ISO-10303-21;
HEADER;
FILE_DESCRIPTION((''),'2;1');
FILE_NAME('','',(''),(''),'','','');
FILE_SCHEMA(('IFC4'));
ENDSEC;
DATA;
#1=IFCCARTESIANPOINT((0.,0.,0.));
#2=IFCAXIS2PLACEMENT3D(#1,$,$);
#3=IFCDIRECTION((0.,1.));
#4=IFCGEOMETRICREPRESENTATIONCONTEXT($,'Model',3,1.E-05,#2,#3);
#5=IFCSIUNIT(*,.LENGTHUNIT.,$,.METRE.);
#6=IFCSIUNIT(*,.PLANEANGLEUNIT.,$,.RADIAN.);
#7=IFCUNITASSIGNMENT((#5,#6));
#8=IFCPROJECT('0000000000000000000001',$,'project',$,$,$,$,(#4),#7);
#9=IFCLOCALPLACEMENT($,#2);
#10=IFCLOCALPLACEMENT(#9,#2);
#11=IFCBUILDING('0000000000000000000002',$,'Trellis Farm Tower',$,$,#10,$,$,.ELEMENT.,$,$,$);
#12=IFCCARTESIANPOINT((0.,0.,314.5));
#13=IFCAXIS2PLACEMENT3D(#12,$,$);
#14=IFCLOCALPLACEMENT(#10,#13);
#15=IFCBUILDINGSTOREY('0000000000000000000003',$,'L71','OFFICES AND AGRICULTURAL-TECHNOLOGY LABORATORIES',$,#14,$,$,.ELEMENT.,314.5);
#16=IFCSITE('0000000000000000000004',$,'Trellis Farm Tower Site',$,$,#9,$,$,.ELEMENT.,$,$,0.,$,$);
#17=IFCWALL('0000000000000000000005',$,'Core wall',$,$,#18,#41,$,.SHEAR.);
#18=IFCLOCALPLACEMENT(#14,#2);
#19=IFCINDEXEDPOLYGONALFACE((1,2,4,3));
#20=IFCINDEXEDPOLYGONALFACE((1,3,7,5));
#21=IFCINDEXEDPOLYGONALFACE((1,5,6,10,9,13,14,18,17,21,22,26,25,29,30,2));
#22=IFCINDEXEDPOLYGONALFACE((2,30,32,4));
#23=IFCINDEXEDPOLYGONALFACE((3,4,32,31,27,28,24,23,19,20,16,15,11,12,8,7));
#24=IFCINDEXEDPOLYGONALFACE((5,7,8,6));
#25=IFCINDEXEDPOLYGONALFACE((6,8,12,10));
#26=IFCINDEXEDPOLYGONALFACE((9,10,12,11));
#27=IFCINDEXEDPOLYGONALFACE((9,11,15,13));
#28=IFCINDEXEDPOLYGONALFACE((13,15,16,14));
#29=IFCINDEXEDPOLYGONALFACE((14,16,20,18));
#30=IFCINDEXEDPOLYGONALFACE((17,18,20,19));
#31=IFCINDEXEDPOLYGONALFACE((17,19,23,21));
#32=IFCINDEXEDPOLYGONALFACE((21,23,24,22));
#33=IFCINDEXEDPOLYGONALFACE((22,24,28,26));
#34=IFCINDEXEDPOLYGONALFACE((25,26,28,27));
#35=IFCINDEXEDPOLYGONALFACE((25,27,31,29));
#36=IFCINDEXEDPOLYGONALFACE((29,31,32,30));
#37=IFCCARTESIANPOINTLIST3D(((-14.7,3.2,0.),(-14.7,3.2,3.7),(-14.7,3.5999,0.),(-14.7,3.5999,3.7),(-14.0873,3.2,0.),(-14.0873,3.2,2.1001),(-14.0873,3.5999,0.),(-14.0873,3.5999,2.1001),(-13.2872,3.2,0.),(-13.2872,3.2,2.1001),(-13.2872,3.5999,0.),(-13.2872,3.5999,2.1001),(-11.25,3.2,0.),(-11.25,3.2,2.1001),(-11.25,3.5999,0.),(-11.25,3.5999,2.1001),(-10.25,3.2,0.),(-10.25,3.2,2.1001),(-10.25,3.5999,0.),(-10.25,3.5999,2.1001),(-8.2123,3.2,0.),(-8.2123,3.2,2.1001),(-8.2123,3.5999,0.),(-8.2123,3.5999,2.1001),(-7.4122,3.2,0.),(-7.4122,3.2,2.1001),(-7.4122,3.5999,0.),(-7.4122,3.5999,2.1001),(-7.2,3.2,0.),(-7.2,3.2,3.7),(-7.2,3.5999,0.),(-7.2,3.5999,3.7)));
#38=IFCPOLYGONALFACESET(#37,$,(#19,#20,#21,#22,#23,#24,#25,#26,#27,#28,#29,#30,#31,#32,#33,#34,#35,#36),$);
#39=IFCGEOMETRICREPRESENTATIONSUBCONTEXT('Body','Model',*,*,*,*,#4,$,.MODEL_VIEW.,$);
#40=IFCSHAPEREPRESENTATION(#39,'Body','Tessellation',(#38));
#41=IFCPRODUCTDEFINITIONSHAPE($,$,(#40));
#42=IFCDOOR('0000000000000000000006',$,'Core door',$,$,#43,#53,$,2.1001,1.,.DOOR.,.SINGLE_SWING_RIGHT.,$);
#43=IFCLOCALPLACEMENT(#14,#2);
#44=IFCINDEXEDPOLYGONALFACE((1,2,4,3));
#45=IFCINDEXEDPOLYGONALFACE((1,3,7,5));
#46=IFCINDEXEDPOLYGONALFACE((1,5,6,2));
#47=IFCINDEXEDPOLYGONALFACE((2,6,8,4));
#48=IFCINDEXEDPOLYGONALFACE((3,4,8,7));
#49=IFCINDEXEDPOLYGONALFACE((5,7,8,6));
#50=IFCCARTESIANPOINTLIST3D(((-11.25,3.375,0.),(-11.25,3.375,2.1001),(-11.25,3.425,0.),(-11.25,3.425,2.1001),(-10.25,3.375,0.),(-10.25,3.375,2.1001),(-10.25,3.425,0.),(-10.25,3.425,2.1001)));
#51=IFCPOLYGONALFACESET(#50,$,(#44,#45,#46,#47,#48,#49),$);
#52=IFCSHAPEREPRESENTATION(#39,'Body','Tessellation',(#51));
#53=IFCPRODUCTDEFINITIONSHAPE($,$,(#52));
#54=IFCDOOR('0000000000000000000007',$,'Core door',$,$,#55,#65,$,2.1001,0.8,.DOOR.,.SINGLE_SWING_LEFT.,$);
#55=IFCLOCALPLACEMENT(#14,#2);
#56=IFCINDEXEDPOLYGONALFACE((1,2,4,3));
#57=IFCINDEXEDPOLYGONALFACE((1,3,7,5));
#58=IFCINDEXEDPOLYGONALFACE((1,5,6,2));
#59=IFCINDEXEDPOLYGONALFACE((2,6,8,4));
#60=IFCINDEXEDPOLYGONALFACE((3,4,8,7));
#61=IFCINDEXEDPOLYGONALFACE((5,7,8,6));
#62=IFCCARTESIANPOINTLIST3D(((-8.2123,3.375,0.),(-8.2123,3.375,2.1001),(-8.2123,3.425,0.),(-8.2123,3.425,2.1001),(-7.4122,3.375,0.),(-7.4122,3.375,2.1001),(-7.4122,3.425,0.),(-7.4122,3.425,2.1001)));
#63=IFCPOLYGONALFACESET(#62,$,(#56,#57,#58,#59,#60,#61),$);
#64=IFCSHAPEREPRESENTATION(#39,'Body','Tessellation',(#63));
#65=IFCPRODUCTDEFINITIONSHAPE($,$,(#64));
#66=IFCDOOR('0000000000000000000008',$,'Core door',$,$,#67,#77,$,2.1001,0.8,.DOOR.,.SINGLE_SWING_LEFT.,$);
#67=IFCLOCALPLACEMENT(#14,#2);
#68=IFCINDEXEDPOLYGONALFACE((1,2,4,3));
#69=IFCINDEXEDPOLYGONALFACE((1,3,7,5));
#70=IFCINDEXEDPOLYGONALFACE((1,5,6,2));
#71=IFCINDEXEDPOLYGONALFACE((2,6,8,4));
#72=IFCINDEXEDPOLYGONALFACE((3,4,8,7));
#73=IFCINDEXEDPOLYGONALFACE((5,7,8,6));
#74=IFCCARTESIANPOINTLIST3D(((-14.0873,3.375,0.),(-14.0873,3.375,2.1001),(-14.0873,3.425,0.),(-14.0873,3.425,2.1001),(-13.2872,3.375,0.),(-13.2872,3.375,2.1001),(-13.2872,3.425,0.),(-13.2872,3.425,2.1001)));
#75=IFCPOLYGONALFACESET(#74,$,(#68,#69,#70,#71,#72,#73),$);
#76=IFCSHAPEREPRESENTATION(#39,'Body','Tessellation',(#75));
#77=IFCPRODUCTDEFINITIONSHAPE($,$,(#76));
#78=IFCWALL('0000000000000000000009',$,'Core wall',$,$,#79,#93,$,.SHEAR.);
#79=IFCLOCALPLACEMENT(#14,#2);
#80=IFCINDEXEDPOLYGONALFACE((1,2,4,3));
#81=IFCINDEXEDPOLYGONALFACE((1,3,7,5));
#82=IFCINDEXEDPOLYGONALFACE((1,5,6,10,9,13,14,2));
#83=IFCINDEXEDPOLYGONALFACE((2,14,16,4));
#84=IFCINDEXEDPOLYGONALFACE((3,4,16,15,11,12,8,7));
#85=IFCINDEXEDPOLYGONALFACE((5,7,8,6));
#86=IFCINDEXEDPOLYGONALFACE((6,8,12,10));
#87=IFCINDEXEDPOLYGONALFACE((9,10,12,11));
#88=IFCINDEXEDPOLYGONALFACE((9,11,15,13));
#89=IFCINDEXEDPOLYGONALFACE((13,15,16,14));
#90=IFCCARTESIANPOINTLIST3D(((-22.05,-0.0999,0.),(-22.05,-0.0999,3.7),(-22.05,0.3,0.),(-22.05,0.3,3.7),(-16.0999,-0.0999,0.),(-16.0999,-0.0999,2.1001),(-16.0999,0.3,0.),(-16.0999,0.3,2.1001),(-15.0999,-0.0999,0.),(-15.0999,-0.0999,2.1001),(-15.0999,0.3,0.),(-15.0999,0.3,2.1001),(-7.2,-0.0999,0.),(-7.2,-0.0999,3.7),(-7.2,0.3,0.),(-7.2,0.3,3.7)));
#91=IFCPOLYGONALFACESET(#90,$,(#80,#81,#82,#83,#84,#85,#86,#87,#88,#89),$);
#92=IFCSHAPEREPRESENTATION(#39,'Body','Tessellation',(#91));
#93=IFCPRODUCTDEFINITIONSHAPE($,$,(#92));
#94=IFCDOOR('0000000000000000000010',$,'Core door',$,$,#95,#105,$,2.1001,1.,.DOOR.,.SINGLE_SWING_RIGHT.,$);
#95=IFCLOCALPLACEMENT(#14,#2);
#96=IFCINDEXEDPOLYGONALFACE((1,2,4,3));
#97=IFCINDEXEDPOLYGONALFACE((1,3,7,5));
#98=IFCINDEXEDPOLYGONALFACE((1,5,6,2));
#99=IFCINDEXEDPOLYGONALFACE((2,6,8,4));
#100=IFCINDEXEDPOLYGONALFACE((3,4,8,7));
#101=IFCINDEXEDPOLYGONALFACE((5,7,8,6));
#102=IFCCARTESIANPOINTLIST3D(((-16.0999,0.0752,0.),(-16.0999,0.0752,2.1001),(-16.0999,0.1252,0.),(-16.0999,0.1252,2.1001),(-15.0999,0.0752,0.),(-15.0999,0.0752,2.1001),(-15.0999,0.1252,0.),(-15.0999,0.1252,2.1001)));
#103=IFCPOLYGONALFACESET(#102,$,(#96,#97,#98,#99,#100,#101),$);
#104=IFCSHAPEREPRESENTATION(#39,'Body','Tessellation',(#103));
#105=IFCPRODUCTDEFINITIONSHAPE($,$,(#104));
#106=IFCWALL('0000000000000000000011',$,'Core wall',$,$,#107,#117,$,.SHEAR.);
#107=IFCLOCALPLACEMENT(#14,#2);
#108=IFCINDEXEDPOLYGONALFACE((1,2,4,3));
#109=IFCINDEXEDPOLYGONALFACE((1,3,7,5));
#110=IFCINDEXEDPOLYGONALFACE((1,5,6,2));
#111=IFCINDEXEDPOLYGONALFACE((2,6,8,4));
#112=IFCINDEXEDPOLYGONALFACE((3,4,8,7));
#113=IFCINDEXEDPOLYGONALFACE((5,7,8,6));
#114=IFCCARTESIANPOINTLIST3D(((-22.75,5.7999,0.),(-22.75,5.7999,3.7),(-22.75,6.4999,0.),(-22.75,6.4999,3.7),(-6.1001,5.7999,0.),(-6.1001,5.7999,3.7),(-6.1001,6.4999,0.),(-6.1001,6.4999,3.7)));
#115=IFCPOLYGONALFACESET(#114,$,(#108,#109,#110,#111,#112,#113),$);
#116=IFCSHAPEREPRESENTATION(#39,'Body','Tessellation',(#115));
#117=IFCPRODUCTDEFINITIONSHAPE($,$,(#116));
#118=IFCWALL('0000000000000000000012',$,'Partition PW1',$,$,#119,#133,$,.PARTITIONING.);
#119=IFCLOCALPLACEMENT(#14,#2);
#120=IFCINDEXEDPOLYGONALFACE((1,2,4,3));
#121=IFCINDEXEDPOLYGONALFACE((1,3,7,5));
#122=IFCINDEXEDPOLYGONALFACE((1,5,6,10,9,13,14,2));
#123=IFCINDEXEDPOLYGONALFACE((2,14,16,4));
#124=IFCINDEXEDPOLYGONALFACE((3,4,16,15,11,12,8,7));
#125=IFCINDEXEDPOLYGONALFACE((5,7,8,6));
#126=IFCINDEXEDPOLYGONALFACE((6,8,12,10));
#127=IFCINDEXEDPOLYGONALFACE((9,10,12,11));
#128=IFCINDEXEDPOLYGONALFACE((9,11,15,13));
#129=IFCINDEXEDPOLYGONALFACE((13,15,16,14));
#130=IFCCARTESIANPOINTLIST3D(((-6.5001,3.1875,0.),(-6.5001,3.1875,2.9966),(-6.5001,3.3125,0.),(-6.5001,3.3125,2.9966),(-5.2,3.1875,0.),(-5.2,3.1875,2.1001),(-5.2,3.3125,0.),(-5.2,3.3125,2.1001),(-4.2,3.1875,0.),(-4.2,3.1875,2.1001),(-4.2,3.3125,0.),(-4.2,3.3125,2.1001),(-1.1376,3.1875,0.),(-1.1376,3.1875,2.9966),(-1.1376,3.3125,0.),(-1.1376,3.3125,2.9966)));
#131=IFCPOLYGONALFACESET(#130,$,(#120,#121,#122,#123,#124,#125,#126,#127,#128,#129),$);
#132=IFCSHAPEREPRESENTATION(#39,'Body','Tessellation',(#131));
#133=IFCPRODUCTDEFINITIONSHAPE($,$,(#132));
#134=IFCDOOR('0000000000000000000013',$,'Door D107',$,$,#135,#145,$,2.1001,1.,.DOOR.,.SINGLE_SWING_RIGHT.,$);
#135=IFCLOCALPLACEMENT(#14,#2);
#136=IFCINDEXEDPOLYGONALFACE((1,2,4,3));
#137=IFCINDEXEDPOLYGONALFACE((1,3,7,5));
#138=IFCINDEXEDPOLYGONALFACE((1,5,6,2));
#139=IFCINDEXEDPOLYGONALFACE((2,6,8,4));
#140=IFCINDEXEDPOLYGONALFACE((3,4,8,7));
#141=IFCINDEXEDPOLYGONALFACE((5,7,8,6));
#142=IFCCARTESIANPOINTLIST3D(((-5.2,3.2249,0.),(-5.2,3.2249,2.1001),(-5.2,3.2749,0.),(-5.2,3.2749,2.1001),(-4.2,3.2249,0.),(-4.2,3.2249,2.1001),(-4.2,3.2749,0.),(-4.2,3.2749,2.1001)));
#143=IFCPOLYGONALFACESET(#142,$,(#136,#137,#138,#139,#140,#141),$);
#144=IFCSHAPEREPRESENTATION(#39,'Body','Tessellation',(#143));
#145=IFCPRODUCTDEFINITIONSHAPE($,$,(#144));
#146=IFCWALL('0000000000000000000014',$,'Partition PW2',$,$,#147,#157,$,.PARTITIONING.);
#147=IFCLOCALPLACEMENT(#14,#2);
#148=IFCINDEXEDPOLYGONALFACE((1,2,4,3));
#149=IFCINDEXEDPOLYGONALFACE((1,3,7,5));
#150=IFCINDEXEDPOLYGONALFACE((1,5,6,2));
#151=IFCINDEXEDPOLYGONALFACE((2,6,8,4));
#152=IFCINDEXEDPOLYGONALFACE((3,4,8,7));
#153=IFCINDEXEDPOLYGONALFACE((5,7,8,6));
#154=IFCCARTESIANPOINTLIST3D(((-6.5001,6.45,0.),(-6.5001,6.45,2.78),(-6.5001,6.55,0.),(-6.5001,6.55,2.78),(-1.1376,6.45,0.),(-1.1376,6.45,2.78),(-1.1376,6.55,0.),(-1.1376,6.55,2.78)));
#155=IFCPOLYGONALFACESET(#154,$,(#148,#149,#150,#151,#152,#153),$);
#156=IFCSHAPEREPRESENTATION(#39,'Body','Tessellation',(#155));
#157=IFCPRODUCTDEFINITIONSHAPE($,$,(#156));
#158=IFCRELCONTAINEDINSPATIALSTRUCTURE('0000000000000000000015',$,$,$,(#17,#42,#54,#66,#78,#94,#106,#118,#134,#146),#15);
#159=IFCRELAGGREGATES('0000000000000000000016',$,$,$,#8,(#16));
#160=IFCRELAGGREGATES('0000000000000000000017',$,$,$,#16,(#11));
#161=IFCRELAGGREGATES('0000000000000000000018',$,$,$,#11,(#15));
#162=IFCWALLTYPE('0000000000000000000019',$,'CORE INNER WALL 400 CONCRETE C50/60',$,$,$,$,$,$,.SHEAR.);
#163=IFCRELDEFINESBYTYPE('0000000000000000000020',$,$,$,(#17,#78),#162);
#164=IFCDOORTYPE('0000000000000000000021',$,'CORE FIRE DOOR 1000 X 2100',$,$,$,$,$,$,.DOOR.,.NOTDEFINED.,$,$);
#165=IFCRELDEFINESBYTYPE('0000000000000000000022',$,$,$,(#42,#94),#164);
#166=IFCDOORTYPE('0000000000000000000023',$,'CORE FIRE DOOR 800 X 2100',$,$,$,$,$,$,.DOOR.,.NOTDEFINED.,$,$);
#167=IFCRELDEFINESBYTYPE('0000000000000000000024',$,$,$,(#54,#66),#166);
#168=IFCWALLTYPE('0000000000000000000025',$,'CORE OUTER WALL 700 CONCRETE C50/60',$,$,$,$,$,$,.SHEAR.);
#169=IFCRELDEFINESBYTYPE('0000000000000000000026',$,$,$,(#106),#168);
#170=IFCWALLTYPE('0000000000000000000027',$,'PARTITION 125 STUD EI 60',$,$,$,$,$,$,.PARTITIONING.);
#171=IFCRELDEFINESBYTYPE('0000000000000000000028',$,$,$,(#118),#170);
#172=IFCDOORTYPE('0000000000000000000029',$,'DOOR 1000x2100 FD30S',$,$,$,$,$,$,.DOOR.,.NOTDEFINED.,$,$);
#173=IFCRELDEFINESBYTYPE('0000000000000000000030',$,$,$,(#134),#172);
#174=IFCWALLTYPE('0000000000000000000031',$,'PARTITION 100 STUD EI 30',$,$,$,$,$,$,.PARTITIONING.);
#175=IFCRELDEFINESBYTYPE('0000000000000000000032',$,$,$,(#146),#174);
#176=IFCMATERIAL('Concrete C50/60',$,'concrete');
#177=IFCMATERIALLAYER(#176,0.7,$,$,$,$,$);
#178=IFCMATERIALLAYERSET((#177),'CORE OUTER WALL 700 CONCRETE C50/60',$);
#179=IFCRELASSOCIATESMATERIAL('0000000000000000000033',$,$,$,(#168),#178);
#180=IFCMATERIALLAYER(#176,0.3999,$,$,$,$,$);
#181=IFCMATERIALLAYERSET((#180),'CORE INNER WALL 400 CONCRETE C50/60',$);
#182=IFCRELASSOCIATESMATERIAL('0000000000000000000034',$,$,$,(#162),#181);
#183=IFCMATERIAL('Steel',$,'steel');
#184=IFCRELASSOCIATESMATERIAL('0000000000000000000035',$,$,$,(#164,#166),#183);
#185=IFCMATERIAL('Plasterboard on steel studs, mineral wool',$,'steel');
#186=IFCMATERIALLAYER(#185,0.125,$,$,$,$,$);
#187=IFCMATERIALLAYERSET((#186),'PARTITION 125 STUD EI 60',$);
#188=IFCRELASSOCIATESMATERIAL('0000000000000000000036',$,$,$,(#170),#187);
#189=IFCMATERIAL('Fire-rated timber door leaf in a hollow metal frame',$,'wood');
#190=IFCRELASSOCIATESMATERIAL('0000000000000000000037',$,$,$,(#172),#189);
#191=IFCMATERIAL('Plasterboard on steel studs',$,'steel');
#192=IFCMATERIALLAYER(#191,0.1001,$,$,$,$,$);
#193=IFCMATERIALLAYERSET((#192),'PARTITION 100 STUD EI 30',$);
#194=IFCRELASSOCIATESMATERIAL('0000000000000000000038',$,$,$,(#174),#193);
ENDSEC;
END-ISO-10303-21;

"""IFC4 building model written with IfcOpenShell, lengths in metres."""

from ifc_helpers import new_model, si_unit, direction, frame, frame_2d, origin, place, context, subcontext, project, spatial, rectangle, extrude, source, transform, mapped, material, layer, layer_set, type_object, element, fill, save


model = new_model("IFC4")

# Units and contexts
model_context = context("Model", 3, precision=1e-05, world=origin(), true_north=direction((0.0, 1.0)))
body_context = subcontext(model_context, "Body", "Model", "MODEL_VIEW")
ifc_project = project(units=[si_unit("LENGTHUNIT", "METRE"), si_unit("PLANEANGLEUNIT", "RADIAN")], contexts=[model_context])

# Site, building, storey
site_placement = place(None, origin())
site = spatial("IfcSite", under=ifc_project, at=site_placement, Name="Trellis Farm Tower Site", CompositionType="ELEMENT", RefElevation=0.0)
building_placement = place(site_placement, origin())
building = spatial("IfcBuilding", under=site, at=building_placement, Name="Trellis Farm Tower", CompositionType="ELEMENT")
storey_placement = place(building_placement, frame((0.0, 0.0, 314.5)))
storey = spatial("IfcBuildingStorey", under=building, at=storey_placement, Name="L71", Description="OFFICES AND AGRICULTURAL-TECHNOLOGY LABORATORIES", CompositionType="ELEMENT", Elevation=314.5)

# Shared definitions
ifc_material_1 = material(Name="Concrete C50/60", Category="concrete")
ifc_layer_1 = layer(ifc_material_1, 0.7)
ifc_layer_set_1 = layer_set([ifc_layer_1], Name="CORE OUTER WALL 700 CONCRETE C50/60")
wall_type_1 = type_object("IfcWallType", Name="CORE OUTER WALL 700 CONCRETE C50/60", PredefinedType="SHEAR", material=ifc_layer_set_1)
ifc_material_2 = material(Name="Steel", Category="steel")

# Wall, openings, doors
ifc_layer_2 = layer(ifc_material_1, 0.3999)
ifc_layer_set_2 = layer_set([ifc_layer_2], Name="CORE INNER WALL 400 CONCRETE C50/60")
wall_type_2 = type_object("IfcWallType", Name="CORE INNER WALL 400 CONCRETE C50/60", PredefinedType="SHEAR", material=ifc_layer_set_2)
shared_shape_1 = source(origin(), body_context, "Body", "SweptSolid", [
    extrude(rectangle(XDim=7.5, YDim=0.3999, at=frame_2d((3.75, 0.0))), origin(), (0.0, 0.0, 1.0), 3.7),
])
wall_1_placement = place(storey_placement, frame((-7.2, 3.3999, 0.0), z_axis=(0.0, 0.0, 1.0), x_axis=(-1.0, 0.0, 0.0)))
wall_1 = element("IfcWall", 1, at=wall_1_placement, inside=storey, type_object=wall_type_2, Name="Core wall", PredefinedType="SHEAR", context=body_context, shape_type="MappedRepresentation", body=[
    mapped(shared_shape_1, transform((0.0, 0.0, 0.0))),
])
shared_shape_2 = source(origin(), body_context, "Body", "SweptSolid", [
    extrude(rectangle(XDim=0.8, YDim=2.1001, at=frame_2d((0.3999, 1.05))), frame((0.0, 0.21, 0.0), z_axis=(0.0, -1.0, 0.0), x_axis=(1.0, 0.0, 0.0)), (0.0, 0.0, 1.0), 0.4199),
])
opening_1_placement = place(wall_1_placement, frame((0.2124, 0.0, 0.0)))
opening_1 = element("IfcOpeningElement", 2, at=opening_1_placement, cuts=wall_1, PredefinedType="OPENING", context=body_context, shape_type="MappedRepresentation", body=[
    mapped(shared_shape_2, transform((0.0, 0.0, 0.0))),
])
shared_shape_3 = source(origin(), body_context, "Body", "SweptSolid", [
    extrude(rectangle(XDim=1.0, YDim=2.1001, at=frame_2d((0.5, 1.05))), frame((0.0, 0.21, 0.0), z_axis=(0.0, -1.0, 0.0), x_axis=(1.0, 0.0, 0.0)), (0.0, 0.0, 1.0), 0.4199),
])
opening_2_placement = place(wall_1_placement, frame((3.05, 0.0, 0.0)))
opening_2 = element("IfcOpeningElement", 3, at=opening_2_placement, cuts=wall_1, PredefinedType="OPENING", context=body_context, shape_type="MappedRepresentation", body=[
    mapped(shared_shape_3, transform((0.0, 0.0, 0.0))),
])
opening_3_placement = place(wall_1_placement, frame((6.0874, 0.0, 0.0)))
opening_3 = element("IfcOpeningElement", 4, at=opening_3_placement, cuts=wall_1, PredefinedType="OPENING", context=body_context, shape_type="MappedRepresentation", body=[
    mapped(shared_shape_2, transform((0.0, 0.0, 0.0))),
])
door_type_1 = type_object("IfcDoorType", Name="CORE FIRE DOOR 1000 X 2100", OperationType="NOTDEFINED", PredefinedType="DOOR", material=ifc_material_2)
shared_shape_4 = source(origin(), body_context, "Body", "SweptSolid", [
    extrude(rectangle(XDim=1.0, YDim=2.1001, at=frame_2d((0.5, 1.05))), frame((0.0, 0.0249, 0.0), z_axis=(0.0, -1.0, 0.0), x_axis=(1.0, 0.0, 0.0)), (0.0, 0.0, 1.0), 0.05),
])
door_1_placement = place(opening_2_placement, origin())
door_1 = element("IfcDoor", 5, at=door_1_placement, inside=storey, type_object=door_type_1, Name="Core door", OperationType="SINGLE_SWING_RIGHT", OverallHeight=2.1001, OverallWidth=1.0, PredefinedType="DOOR", context=body_context, shape_type="MappedRepresentation", body=[
    mapped(shared_shape_4, transform((0.0, 0.0, 0.0))),
])
fill(opening_2, door_1)
door_type_2 = type_object("IfcDoorType", Name="CORE FIRE DOOR 800 X 2100", OperationType="NOTDEFINED", PredefinedType="DOOR", material=ifc_material_2)
shared_shape_5 = source(origin(), body_context, "Body", "SweptSolid", [
    extrude(rectangle(XDim=0.8, YDim=2.1001, at=frame_2d((0.3999, 1.05))), frame((0.0, 0.0249, 0.0), z_axis=(0.0, -1.0, 0.0), x_axis=(1.0, 0.0, 0.0)), (0.0, 0.0, 1.0), 0.05),
])
door_2_placement = place(opening_1_placement, origin())
door_2 = element("IfcDoor", 6, at=door_2_placement, inside=storey, type_object=door_type_2, Name="Core door", OperationType="SINGLE_SWING_LEFT", OverallHeight=2.1001, OverallWidth=0.8, PredefinedType="DOOR", context=body_context, shape_type="MappedRepresentation", body=[
    mapped(shared_shape_5, transform((0.0, 0.0, 0.0))),
])
fill(opening_1, door_2)
door_3_placement = place(opening_3_placement, origin())
door_3 = element("IfcDoor", 7, at=door_3_placement, inside=storey, type_object=door_type_2, Name="Core door", OperationType="SINGLE_SWING_LEFT", OverallHeight=2.1001, OverallWidth=0.8, PredefinedType="DOOR", context=body_context, shape_type="MappedRepresentation", body=[
    mapped(shared_shape_5, transform((0.0, 0.0, 0.0))),
])
fill(opening_3, door_3)

# Wall, opening, door
shared_shape_6 = source(origin(), body_context, "Body", "SweptSolid", [
    extrude(rectangle(XDim=14.8501, YDim=0.3999, at=frame_2d((7.425, 0.0))), origin(), (0.0, 0.0, 1.0), 3.7),
])
wall_2_placement = place(storey_placement, frame((-7.2, 0.1001, 0.0), z_axis=(0.0, 0.0, 1.0), x_axis=(-1.0, 0.0, 0.0)))
wall_2 = element("IfcWall", 8, at=wall_2_placement, inside=storey, type_object=wall_type_2, Name="Core wall", PredefinedType="SHEAR", context=body_context, shape_type="MappedRepresentation", body=[
    mapped(shared_shape_6, transform((0.0, 0.0, 0.0))),
])
opening_4_placement = place(wall_2_placement, frame((7.8999, 0.0, 0.0)))
opening_4 = element("IfcOpeningElement", 9, at=opening_4_placement, cuts=wall_2, PredefinedType="OPENING", context=body_context, shape_type="MappedRepresentation", body=[
    mapped(shared_shape_3, transform((0.0, 0.0, 0.0))),
])
door_4_placement = place(opening_4_placement, origin())
door_4 = element("IfcDoor", 10, at=door_4_placement, inside=storey, type_object=door_type_1, Name="Core door", OperationType="SINGLE_SWING_RIGHT", OverallHeight=2.1001, OverallWidth=1.0, PredefinedType="DOOR", context=body_context, shape_type="MappedRepresentation", body=[
    mapped(shared_shape_4, transform((0.0, 0.0, 0.0))),
])
fill(opening_4, door_4)

# Wall
shared_shape_7 = source(origin(), body_context, "Body", "SweptSolid", [
    extrude(rectangle(XDim=16.6499, YDim=0.7, at=frame_2d((8.325, 0.0))), origin(), (0.0, 0.0, 1.0), 3.7),
])
wall_3_placement = place(storey_placement, frame((-6.1001, 6.1499, 0.0), z_axis=(0.0, 0.0, 1.0), x_axis=(-1.0, 0.0, 0.0)))
element("IfcWall", 11, at=wall_3_placement, inside=storey, type_object=wall_type_1, Name="Core wall", PredefinedType="SHEAR", context=body_context, shape_type="MappedRepresentation", body=[
    mapped(shared_shape_7, transform((0.0, 0.0, 0.0))),
])

# Wall, opening, door
ifc_material_3 = material(Name="Plasterboard on steel studs, mineral wool", Category="steel")
ifc_layer_3 = layer(ifc_material_3, 0.125)
ifc_layer_set_3 = layer_set([ifc_layer_3], Name="PARTITION 125 STUD EI 60")
wall_type_3 = type_object("IfcWallType", Name="PARTITION 125 STUD EI 60", PredefinedType="PARTITIONING", material=ifc_layer_set_3)
shared_shape_8 = source(origin(), body_context, "Body", "SweptSolid", [
    extrude(rectangle(XDim=5.3625, YDim=0.125, at=frame_2d((2.6812, 0.0))), origin(), (0.0, 0.0, 1.0), 2.9966),
])
wall_4_placement = place(storey_placement, frame((-6.5, 3.25, 0.0), z_axis=(0.0, 0.0, 1.0), x_axis=(1.0, 0.0, 0.0)))
wall_4 = element("IfcWall", 12, at=wall_4_placement, inside=storey, type_object=wall_type_3, Name="Partition PW1", PredefinedType="PARTITIONING", context=body_context, shape_type="MappedRepresentation", body=[
    mapped(shared_shape_8, transform((0.0, 0.0, 0.0))),
])
shared_shape_9 = source(origin(), body_context, "Body", "SweptSolid", [
    extrude(rectangle(XDim=1.0, YDim=2.1001, at=frame_2d((0.5, 1.05))), frame((0.0, 0.0725, 0.0), z_axis=(0.0, -1.0, 0.0), x_axis=(1.0, 0.0, 0.0)), (0.0, 0.0, 1.0), 0.145),
])
opening_5_placement = place(wall_4_placement, frame((1.3, 0.0, 0.0)))
opening_5 = element("IfcOpeningElement", 13, at=opening_5_placement, cuts=wall_4, PredefinedType="OPENING", context=body_context, shape_type="MappedRepresentation", body=[
    mapped(shared_shape_9, transform((0.0, 0.0, 0.0))),
])
ifc_material_4 = material(Name="Fire-rated timber door leaf in a hollow metal frame", Category="wood")
door_type_3 = type_object("IfcDoorType", Name="DOOR 1000x2100 FD30S", OperationType="NOTDEFINED", PredefinedType="DOOR", material=ifc_material_4)
door_5_placement = place(opening_5_placement, origin())
door_5 = element("IfcDoor", 14, at=door_5_placement, inside=storey, type_object=door_type_3, Name="Door D107", OperationType="SINGLE_SWING_RIGHT", OverallHeight=2.1001, OverallWidth=1.0, PredefinedType="DOOR", context=body_context, shape_type="MappedRepresentation", body=[
    mapped(shared_shape_4, transform((0.0, 0.0, 0.0))),
])
fill(opening_5, door_5)

# Wall
ifc_material_5 = material(Name="Plasterboard on steel studs", Category="steel")
ifc_layer_4 = layer(ifc_material_5, 0.1001)
ifc_layer_set_4 = layer_set([ifc_layer_4], Name="PARTITION 100 STUD EI 30")
wall_type_4 = type_object("IfcWallType", Name="PARTITION 100 STUD EI 30", PredefinedType="PARTITIONING", material=ifc_layer_set_4)
shared_shape_10 = source(origin(), body_context, "Body", "SweptSolid", [
    extrude(rectangle(XDim=5.3625, YDim=0.1001, at=frame_2d((2.6812, 0.0))), origin(), (0.0, 0.0, 1.0), 2.78),
])
wall_5_placement = place(storey_placement, frame((-6.5, 6.5, 0.0), z_axis=(0.0, 0.0, 1.0), x_axis=(1.0, 0.0, 0.0)))
element("IfcWall", 15, at=wall_5_placement, inside=storey, type_object=wall_type_4, Name="Partition PW2", PredefinedType="PARTITIONING", context=body_context, shape_type="MappedRepresentation", body=[
    mapped(shared_shape_10, transform((0.0, 0.0, 0.0))),
])

save(model, "model.ifc")
